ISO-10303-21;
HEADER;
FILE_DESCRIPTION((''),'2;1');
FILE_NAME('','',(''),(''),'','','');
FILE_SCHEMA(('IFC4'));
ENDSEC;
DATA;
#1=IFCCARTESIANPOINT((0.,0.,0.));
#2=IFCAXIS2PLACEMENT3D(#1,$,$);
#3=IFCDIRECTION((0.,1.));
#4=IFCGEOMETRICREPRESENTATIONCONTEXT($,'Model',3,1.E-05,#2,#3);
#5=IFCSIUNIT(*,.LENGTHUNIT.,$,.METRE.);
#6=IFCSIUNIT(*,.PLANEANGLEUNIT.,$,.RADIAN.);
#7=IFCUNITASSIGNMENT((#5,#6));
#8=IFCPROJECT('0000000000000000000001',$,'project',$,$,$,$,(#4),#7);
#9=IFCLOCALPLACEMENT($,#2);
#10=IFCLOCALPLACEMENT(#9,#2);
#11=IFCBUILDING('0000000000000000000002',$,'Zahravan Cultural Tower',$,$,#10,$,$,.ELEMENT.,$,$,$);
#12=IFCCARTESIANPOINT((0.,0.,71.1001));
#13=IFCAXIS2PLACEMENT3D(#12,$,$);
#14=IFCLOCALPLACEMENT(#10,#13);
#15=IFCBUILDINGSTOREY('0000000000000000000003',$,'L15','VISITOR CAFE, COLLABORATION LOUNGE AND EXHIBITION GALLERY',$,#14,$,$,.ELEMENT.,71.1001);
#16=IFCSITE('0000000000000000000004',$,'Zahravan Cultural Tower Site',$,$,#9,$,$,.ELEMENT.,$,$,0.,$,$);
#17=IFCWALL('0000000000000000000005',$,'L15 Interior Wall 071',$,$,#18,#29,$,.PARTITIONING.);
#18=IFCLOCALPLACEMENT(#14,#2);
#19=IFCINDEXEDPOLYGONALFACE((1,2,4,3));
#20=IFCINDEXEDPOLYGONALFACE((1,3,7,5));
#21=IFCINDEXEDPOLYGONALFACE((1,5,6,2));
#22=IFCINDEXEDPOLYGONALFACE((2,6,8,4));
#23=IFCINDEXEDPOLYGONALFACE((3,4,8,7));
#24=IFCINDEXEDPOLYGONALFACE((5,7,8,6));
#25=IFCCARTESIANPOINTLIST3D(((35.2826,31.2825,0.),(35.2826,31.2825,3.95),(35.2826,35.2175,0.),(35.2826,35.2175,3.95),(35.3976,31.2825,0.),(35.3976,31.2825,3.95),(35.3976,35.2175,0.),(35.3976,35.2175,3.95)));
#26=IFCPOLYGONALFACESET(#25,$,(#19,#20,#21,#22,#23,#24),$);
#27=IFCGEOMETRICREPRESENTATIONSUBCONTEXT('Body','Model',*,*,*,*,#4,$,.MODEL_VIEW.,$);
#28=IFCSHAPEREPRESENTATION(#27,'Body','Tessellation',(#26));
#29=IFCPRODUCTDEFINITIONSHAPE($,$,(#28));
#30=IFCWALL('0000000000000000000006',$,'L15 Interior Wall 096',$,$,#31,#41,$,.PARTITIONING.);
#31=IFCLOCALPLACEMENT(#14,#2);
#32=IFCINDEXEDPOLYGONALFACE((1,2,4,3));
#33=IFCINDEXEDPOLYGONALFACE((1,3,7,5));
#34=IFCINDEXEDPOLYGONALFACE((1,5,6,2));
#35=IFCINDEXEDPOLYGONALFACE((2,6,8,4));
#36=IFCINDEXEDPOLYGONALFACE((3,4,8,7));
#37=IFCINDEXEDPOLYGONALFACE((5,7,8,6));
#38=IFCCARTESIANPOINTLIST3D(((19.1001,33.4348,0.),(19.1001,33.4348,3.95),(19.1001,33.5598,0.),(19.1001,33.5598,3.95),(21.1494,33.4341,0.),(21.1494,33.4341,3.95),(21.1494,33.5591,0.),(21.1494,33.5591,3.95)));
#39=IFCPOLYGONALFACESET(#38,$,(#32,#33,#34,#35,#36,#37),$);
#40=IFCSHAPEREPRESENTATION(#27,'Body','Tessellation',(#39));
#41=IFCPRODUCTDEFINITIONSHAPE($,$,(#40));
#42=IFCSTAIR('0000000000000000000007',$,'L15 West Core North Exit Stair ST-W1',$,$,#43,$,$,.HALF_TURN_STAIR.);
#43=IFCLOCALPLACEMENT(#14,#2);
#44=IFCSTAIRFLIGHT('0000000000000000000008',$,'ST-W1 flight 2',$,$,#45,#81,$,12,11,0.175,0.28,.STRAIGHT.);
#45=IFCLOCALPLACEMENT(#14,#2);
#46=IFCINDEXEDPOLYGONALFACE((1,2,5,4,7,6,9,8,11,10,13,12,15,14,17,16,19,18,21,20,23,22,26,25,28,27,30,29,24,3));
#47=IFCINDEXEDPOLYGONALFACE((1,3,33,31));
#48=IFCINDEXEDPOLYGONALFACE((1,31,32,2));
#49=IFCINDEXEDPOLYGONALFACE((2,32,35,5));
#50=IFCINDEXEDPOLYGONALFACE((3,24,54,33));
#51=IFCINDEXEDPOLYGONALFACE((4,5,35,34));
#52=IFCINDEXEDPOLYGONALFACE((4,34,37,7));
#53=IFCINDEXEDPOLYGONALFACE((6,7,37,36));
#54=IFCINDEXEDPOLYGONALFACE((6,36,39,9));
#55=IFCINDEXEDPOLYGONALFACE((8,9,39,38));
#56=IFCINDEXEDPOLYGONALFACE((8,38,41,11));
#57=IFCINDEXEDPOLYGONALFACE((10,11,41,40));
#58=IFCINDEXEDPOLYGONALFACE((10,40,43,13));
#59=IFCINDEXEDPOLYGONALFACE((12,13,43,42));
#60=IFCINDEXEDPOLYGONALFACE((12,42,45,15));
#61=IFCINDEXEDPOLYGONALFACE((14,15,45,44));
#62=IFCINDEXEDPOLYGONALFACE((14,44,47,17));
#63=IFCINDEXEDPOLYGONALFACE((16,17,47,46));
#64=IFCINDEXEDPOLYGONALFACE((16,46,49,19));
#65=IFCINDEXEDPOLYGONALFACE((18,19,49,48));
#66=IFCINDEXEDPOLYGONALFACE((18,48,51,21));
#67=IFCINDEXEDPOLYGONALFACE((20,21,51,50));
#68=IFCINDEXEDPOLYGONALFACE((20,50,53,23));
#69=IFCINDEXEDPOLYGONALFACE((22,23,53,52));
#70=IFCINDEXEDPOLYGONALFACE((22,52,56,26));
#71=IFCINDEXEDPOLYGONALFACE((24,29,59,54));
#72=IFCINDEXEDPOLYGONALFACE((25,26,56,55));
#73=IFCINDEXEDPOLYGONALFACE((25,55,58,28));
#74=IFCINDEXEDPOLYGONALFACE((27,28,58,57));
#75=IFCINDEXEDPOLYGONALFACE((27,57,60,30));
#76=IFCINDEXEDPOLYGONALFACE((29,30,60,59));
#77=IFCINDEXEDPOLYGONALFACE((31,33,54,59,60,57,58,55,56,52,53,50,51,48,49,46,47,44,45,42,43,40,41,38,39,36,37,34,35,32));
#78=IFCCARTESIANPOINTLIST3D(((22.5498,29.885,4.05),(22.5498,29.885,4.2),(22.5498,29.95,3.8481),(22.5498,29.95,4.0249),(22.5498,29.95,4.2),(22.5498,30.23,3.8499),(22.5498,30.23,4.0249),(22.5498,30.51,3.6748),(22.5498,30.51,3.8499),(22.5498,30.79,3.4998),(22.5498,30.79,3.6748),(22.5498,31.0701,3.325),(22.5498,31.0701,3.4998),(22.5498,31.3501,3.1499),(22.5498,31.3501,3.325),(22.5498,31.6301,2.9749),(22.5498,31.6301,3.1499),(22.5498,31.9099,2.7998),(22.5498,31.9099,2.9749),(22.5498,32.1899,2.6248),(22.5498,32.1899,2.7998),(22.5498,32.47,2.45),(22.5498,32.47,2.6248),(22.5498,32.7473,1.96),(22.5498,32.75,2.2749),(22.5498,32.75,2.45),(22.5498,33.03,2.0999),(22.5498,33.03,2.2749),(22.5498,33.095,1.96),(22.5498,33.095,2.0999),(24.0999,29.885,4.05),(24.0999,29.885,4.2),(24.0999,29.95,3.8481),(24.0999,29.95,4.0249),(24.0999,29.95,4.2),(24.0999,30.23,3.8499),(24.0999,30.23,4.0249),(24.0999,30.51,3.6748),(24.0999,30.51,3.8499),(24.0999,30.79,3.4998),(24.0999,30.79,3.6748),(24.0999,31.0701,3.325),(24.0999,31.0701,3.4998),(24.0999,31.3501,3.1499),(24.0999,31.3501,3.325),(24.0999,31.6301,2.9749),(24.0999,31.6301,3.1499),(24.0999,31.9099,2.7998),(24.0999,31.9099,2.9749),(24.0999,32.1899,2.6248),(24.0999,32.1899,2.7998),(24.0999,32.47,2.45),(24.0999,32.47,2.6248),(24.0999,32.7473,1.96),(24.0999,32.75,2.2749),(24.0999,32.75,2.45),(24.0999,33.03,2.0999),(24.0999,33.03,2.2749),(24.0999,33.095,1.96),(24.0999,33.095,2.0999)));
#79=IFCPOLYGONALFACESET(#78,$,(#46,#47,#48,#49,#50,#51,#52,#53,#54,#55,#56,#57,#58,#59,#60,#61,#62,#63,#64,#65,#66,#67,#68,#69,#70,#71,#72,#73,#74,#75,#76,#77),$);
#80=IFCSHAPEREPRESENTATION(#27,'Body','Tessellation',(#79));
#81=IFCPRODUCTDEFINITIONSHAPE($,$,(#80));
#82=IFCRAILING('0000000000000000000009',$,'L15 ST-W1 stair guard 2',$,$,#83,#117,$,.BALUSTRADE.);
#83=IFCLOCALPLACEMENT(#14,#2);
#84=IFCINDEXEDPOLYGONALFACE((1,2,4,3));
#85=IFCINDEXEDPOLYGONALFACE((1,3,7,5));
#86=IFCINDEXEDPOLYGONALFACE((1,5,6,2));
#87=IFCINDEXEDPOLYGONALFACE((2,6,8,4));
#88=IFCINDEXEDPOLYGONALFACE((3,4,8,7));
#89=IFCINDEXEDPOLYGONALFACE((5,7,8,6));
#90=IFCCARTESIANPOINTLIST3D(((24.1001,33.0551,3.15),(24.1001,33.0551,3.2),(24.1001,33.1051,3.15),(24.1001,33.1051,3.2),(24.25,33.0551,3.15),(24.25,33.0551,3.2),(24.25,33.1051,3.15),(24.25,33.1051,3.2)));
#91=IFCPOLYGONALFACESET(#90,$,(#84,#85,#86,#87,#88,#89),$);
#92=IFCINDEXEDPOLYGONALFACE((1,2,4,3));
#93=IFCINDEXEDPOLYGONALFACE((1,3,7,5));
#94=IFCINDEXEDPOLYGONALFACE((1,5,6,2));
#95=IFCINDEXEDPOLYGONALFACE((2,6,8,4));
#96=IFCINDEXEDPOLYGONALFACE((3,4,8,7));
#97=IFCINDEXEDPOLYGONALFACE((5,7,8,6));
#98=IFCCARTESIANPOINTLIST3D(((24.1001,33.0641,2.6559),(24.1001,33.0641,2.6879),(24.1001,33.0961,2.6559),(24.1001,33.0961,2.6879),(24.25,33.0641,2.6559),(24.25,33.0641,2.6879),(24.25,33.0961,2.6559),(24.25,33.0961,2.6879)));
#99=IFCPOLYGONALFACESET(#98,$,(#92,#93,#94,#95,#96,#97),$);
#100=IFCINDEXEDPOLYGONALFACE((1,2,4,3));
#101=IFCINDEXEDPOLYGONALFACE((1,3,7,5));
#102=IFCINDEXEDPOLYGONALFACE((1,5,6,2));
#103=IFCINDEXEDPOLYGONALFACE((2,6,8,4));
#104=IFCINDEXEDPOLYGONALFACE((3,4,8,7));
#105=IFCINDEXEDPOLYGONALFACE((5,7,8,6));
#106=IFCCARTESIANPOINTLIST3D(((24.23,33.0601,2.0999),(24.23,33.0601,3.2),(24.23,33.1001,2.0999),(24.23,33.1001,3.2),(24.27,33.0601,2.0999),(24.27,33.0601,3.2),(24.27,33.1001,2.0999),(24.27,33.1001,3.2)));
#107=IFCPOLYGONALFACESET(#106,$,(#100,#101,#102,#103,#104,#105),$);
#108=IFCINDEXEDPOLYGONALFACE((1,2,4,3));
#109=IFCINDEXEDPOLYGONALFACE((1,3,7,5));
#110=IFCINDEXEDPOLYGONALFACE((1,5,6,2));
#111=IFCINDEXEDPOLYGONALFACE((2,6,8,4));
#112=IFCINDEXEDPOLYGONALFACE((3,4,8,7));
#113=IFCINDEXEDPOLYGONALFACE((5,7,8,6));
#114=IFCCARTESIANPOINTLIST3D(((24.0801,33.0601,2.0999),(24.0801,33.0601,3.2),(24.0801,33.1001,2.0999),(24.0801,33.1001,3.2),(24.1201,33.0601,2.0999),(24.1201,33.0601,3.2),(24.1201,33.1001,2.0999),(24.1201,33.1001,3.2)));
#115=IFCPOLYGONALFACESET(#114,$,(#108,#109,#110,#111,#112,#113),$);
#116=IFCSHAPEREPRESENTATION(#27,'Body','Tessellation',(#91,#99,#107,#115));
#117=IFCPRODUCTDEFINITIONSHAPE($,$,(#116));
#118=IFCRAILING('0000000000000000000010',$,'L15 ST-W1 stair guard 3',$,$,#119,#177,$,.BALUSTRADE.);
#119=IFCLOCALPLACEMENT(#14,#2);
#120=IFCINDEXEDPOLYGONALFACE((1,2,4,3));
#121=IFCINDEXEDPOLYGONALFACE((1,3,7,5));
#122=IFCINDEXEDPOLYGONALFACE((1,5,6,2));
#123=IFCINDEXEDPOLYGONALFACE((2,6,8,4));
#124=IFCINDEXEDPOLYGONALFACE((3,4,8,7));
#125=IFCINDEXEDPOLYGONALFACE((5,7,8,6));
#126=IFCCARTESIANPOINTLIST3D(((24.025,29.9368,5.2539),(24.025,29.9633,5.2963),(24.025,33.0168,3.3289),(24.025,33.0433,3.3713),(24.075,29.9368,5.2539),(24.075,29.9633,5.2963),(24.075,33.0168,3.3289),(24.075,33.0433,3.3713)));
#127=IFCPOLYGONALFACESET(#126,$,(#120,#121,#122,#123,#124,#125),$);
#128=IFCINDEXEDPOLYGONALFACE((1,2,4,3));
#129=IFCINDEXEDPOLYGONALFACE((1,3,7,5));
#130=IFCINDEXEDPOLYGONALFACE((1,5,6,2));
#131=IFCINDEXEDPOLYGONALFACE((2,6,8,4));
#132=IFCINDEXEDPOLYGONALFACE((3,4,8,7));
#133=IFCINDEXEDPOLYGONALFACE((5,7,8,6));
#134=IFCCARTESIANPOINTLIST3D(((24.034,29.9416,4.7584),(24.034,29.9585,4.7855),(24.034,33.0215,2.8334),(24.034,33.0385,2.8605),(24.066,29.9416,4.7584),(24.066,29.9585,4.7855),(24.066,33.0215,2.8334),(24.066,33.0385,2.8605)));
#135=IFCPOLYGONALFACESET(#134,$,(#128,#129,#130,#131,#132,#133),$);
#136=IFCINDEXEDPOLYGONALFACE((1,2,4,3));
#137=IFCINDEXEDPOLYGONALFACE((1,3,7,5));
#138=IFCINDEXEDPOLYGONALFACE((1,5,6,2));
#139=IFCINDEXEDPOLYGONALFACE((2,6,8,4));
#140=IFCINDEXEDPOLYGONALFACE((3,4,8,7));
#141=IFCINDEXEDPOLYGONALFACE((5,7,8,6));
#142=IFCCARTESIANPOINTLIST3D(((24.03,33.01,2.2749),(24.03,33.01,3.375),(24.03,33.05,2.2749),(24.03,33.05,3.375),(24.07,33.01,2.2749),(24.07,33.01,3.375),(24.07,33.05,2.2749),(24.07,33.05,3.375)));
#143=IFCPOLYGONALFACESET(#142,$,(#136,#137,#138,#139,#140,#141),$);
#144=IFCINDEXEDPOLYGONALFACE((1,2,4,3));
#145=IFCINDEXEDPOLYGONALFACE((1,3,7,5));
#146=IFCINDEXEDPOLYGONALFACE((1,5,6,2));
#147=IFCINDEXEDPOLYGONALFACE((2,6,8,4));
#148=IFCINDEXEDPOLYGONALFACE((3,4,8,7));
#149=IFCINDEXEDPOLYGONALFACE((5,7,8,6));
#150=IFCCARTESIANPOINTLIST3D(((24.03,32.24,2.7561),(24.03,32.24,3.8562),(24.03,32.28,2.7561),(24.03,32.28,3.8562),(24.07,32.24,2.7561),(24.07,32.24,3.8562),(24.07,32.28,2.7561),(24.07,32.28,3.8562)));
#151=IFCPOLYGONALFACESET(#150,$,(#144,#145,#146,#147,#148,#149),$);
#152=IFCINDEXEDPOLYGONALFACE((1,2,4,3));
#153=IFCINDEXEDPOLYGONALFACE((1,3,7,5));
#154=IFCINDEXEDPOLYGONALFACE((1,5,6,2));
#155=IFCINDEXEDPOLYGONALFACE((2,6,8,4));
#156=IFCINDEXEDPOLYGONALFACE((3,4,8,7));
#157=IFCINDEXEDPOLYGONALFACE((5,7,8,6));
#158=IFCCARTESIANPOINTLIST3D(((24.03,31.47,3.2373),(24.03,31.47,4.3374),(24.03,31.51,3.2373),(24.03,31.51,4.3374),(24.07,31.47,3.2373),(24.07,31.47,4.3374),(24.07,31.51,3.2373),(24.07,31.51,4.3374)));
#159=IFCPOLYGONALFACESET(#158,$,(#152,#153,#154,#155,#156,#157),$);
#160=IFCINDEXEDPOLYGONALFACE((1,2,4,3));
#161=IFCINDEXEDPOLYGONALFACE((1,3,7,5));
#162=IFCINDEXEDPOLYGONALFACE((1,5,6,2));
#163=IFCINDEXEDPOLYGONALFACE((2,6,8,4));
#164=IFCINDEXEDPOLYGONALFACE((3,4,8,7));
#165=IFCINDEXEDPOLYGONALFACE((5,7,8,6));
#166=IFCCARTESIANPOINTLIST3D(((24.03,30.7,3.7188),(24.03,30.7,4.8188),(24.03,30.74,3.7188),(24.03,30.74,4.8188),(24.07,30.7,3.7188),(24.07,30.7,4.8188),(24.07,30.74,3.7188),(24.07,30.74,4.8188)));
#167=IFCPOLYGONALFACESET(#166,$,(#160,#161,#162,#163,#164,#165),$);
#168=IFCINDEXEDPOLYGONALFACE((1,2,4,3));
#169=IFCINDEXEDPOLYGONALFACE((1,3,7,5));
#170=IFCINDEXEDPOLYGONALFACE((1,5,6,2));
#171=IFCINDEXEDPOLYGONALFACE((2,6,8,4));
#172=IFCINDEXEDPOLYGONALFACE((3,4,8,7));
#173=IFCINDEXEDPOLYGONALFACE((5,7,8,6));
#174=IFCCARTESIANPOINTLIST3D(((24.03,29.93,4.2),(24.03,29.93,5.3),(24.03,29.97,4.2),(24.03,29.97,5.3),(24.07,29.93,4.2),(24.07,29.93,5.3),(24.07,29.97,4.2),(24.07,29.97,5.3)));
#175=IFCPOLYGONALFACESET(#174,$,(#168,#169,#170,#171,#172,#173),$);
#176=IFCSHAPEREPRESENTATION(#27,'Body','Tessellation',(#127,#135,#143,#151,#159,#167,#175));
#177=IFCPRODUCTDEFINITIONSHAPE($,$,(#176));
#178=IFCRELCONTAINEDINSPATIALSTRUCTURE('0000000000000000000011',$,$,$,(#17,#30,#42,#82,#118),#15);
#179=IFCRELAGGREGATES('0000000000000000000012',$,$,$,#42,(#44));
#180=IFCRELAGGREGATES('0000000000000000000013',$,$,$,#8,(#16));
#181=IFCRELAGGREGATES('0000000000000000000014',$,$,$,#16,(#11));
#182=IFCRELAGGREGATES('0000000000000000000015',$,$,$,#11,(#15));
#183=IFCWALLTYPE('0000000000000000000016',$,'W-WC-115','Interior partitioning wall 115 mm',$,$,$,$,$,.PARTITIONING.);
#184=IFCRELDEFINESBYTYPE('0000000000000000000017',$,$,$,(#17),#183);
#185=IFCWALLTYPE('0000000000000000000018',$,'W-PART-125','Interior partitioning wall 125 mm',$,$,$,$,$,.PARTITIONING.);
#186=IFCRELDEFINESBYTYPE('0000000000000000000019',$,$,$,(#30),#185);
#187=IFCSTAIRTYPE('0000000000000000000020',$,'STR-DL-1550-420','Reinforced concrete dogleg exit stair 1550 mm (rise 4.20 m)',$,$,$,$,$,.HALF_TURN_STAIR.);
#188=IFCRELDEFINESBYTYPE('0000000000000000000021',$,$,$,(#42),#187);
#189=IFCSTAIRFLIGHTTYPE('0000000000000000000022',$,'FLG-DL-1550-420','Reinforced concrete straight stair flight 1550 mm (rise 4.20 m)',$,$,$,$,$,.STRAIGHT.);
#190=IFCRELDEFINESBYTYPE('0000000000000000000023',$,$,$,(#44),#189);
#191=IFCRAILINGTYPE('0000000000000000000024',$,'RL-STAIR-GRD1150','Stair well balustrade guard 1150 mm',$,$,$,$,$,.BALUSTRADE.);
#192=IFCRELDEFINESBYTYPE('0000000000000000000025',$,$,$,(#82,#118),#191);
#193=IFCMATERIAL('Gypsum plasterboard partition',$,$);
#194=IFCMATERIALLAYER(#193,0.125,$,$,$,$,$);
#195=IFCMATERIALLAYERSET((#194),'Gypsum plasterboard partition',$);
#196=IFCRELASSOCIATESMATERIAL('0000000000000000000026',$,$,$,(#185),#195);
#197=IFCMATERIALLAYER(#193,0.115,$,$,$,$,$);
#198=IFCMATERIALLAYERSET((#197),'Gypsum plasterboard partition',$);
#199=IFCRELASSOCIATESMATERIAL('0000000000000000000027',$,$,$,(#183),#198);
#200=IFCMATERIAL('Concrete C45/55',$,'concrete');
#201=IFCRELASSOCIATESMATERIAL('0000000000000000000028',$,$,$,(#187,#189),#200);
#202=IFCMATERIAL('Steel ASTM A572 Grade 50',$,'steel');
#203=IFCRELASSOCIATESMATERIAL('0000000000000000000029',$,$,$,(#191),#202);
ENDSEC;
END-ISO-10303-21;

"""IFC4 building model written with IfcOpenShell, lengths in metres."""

from ifc_helpers import new_model, si_unit, direction, frame, frame_2d, origin, origin_2d, place, context, subcontext, project, spatial, polyline, rectangle, outline, extrude, source, transform, mapped, material, layer, layer_set, type_object, element, aggregate, save


model = new_model("IFC4")

# Units and contexts
model_context = context("Model", 3, precision=1e-05, world=origin(), true_north=direction((0.0, 1.0)))
body_context = subcontext(model_context, "Body", "Model", "MODEL_VIEW")
ifc_project = project(units=[si_unit("LENGTHUNIT", "METRE"), si_unit("PLANEANGLEUNIT", "RADIAN")], contexts=[model_context])

# Site, building, storey
site_placement = place(None, origin())
site = spatial("IfcSite", under=ifc_project, at=site_placement, Name="Zahravan Cultural Tower Site", CompositionType="ELEMENT", RefElevation=0.0)
building_placement = place(site_placement, origin())
building = spatial("IfcBuilding", under=site, at=building_placement, Name="Zahravan Cultural Tower", CompositionType="ELEMENT")
storey_placement = place(building_placement, frame((0.0, 0.0, 71.1001)))
storey = spatial("IfcBuildingStorey", under=building, at=storey_placement, Name="L15", Description="VISITOR CAFE, COLLABORATION LOUNGE AND EXHIBITION GALLERY", CompositionType="ELEMENT", Elevation=71.1001)

# Shared definitions
ifc_material_1 = material(Name="Gypsum plasterboard partition")
ifc_layer_1 = layer(ifc_material_1, 0.125)
ifc_layer_set_1 = layer_set([ifc_layer_1], Name="Gypsum plasterboard partition")
wall_type_1 = type_object("IfcWallType", Name="W-PART-125", Description="Interior partitioning wall 125 mm", PredefinedType="PARTITIONING", material=ifc_layer_set_1)
ifc_material_2 = material(Name="Concrete C45/55", Category="concrete")
ifc_material_3 = material(Name="Steel ASTM A572 Grade 50", Category="steel")
ifc_layer_2 = layer(ifc_material_1, 0.115)
ifc_layer_set_2 = layer_set([ifc_layer_2], Name="Gypsum plasterboard partition")
wall_type_2 = type_object("IfcWallType", Name="W-WC-115", Description="Interior partitioning wall 115 mm", PredefinedType="PARTITIONING", material=ifc_layer_set_2)

# Walls
shared_shape_1 = source(origin(), body_context, "Body", "SweptSolid", [
    extrude(rectangle(XDim=3.9351, YDim=0.115, at=frame_2d((1.9675, 0.0))), origin(), (0.0, 0.0, 1.0), 3.95),
])
wall_1_placement = place(storey_placement, frame((35.3401, 35.2175, 0.0), z_axis=(0.0, 0.0, 1.0), x_axis=(0.0, -1.0, 0.0)))
element("IfcWall", 1, at=wall_1_placement, inside=storey, type_object=wall_type_2, Name="L15 Interior Wall 071", PredefinedType="PARTITIONING", context=body_context, shape_type="MappedRepresentation", body=[
    mapped(shared_shape_1, transform((0.0, 0.0, 0.0), x_axis=(1.0, 0.0, 0.0), y_axis=(0.0, 1.0, 0.0), z_axis=(0.0, 0.0, 1.0), scale=1.0)),
])
shared_shape_2 = source(origin(), body_context, "Body", "SweptSolid", [
    extrude(rectangle(XDim=2.0493, YDim=0.125, at=frame_2d((1.0247, 0.0))), origin(), (0.0, 0.0, 1.0), 3.95),
])
wall_2_placement = place(storey_placement, frame((21.1494, 33.4966, 0.0), z_axis=(0.0, 0.0, 1.0), x_axis=(-1.0, 0.000357, 0.0)))
element("IfcWall", 2, at=wall_2_placement, inside=storey, type_object=wall_type_1, Name="L15 Interior Wall 096", PredefinedType="PARTITIONING", context=body_context, shape_type="MappedRepresentation", body=[
    mapped(shared_shape_2, transform((0.0, 0.0, 0.0), x_axis=(1.0, 0.0, 0.0), y_axis=(0.0, 1.0, 0.0), z_axis=(0.0, 0.0, 1.0), scale=1.0)),
])

# Stair, stair flight
stair_type = type_object("IfcStairType", Name="STR-DL-1550-420", Description="Reinforced concrete dogleg exit stair 1550 mm (rise 4.20 m)", PredefinedType="HALF_TURN_STAIR", material=ifc_material_2)
stair_placement = place(storey_placement, origin())
stair = element("IfcStair", 3, at=stair_placement, inside=storey, type_object=stair_type, Name="L15 West Core North Exit Stair ST-W1", PredefinedType="HALF_TURN_STAIR")
stair_flight_type = type_object("IfcStairFlightType", Name="FLG-DL-1550-420", Description="Reinforced concrete straight stair flight 1550 mm (rise 4.20 m)", PredefinedType="STRAIGHT", material=ifc_material_2)
stair_flight_placement = place(storey_placement, frame((23.325, 33.03, 2.0999), z_axis=(0.0, 0.0, 1.0), x_axis=(0.0, -1.0, 0.0)))
stair_flight = element("IfcStairFlight", 4, at=stair_flight_placement, type_object=stair_flight_type, Name="ST-W1 flight 2", NumberOfRisers=12, NumberOfTreads=11, PredefinedType="STRAIGHT", RiserHeight=0.175, TreadLength=0.28, context=body_context, shape_type="SweptSolid", body=[
    extrude(outline(polyline([(-0.0649, -0.1399), (-0.0649, 0.0), (0.0, 0.0), (0.0, 0.175), (0.28, 0.175), (0.28, 0.3501), (0.5601, 0.3501), (0.5601, 0.5249), (0.8401, 0.5249), (0.8401, 0.7), (1.1201, 0.7), (1.1201, 0.875), (1.3999, 0.875), (1.3999, 1.05), (1.6799, 1.05), (1.6799, 1.2251), (1.96, 1.2251), (1.96, 1.3999), (2.24, 1.3999), (2.24, 1.575), (2.52, 1.575), (2.52, 1.75), (2.8, 1.75), (2.8, 1.925), (3.0801, 1.925), (3.0801, 2.1001), (3.145, 2.1001), (3.145, 1.9502), (3.0801, 1.7483), (0.2827, -0.1399), (-0.0649, -0.1399)])), frame((0.0, 0.7749, 0.0), z_axis=(0.0, -1.0, 0.0), x_axis=(1.0, 0.0, 0.0)), (0.0, 0.0, 1.0), 1.55),
])
aggregate(stair, [stair_flight])

# Railings
railing_type_1 = type_object("IfcRailingType", Name="RL-STAIR-GRD1150", Description="Stair well balustrade guard 1150 mm", PredefinedType="BALUSTRADE", material=ifc_material_3)
railing_1_placement = place(storey_placement, frame((24.25, 33.0801, 2.0999)))
element("IfcRailing", 5, at=railing_1_placement, inside=storey, type_object=railing_type_1, Name="L15 ST-W1 stair guard 2", PredefinedType="BALUSTRADE", context=body_context, shape_type="SweptSolid", body=[
    extrude(rectangle(XDim=0.05, YDim=0.05, at=origin_2d()), frame((0.0, 0.0, 1.0752), z_axis=(-1.0, 0.0, 0.0), x_axis=(0.0, -1.0, 0.0)), (0.0, 0.0, 1.0), 0.1499),
    extrude(rectangle(XDim=0.032, YDim=0.032, at=origin_2d()), frame((0.0, 0.0, 0.572), z_axis=(-1.0, 0.0, 0.0), x_axis=(0.0, -1.0, 0.0)), (0.0, 0.0, 1.0), 0.1499),
    extrude(rectangle(XDim=0.04, YDim=0.04, at=origin_2d()), origin(), (0.0, 0.0, 1.0), 1.1001),
    extrude(rectangle(XDim=0.04, YDim=0.04, at=origin_2d()), frame((-0.1499, 0.0, 0.0)), (0.0, 0.0, 1.0), 1.1001),
])
railing_2_placement = place(storey_placement, frame((24.05, 33.03, 2.2749)))
element("IfcRailing", 6, at=railing_2_placement, inside=storey, type_object=railing_type_1, Name="L15 ST-W1 stair guard 3", PredefinedType="BALUSTRADE", context=body_context, shape_type="SweptSolid", body=[
    extrude(rectangle(XDim=0.05, YDim=0.05, at=origin_2d()), frame((0.0, 0.0, 1.0752), z_axis=(0.0, -0.847998, 0.529999), x_axis=(1.0, 0.0, 0.0)), (0.0, 0.0, 1.0), 3.6321),
    extrude(rectangle(XDim=0.032, YDim=0.032, at=origin_2d()), frame((0.0, 0.0, 0.572), z_axis=(0.0, -0.847998, 0.529999), x_axis=(1.0, 0.0, 0.0)), (0.0, 0.0, 1.0), 3.6321),
    extrude(rectangle(XDim=0.04, YDim=0.04, at=origin_2d()), origin(), (0.0, 0.0, 1.0), 1.1001),
    extrude(rectangle(XDim=0.04, YDim=0.04, at=origin_2d()), frame((0.0, -0.77, 0.4812)), (0.0, 0.0, 1.0), 1.1001),
    extrude(rectangle(XDim=0.04, YDim=0.04, at=origin_2d()), frame((0.0, -1.54, 0.9624)), (0.0, 0.0, 1.0), 1.1001),
    extrude(rectangle(XDim=0.04, YDim=0.04, at=origin_2d()), frame((0.0, -2.3101, 1.4438)), (0.0, 0.0, 1.0), 1.1001),
    extrude(rectangle(XDim=0.04, YDim=0.04, at=origin_2d()), frame((0.0, -3.0801, 1.925)), (0.0, 0.0, 1.0), 1.1001),
])

save(model, "model.ifc")
